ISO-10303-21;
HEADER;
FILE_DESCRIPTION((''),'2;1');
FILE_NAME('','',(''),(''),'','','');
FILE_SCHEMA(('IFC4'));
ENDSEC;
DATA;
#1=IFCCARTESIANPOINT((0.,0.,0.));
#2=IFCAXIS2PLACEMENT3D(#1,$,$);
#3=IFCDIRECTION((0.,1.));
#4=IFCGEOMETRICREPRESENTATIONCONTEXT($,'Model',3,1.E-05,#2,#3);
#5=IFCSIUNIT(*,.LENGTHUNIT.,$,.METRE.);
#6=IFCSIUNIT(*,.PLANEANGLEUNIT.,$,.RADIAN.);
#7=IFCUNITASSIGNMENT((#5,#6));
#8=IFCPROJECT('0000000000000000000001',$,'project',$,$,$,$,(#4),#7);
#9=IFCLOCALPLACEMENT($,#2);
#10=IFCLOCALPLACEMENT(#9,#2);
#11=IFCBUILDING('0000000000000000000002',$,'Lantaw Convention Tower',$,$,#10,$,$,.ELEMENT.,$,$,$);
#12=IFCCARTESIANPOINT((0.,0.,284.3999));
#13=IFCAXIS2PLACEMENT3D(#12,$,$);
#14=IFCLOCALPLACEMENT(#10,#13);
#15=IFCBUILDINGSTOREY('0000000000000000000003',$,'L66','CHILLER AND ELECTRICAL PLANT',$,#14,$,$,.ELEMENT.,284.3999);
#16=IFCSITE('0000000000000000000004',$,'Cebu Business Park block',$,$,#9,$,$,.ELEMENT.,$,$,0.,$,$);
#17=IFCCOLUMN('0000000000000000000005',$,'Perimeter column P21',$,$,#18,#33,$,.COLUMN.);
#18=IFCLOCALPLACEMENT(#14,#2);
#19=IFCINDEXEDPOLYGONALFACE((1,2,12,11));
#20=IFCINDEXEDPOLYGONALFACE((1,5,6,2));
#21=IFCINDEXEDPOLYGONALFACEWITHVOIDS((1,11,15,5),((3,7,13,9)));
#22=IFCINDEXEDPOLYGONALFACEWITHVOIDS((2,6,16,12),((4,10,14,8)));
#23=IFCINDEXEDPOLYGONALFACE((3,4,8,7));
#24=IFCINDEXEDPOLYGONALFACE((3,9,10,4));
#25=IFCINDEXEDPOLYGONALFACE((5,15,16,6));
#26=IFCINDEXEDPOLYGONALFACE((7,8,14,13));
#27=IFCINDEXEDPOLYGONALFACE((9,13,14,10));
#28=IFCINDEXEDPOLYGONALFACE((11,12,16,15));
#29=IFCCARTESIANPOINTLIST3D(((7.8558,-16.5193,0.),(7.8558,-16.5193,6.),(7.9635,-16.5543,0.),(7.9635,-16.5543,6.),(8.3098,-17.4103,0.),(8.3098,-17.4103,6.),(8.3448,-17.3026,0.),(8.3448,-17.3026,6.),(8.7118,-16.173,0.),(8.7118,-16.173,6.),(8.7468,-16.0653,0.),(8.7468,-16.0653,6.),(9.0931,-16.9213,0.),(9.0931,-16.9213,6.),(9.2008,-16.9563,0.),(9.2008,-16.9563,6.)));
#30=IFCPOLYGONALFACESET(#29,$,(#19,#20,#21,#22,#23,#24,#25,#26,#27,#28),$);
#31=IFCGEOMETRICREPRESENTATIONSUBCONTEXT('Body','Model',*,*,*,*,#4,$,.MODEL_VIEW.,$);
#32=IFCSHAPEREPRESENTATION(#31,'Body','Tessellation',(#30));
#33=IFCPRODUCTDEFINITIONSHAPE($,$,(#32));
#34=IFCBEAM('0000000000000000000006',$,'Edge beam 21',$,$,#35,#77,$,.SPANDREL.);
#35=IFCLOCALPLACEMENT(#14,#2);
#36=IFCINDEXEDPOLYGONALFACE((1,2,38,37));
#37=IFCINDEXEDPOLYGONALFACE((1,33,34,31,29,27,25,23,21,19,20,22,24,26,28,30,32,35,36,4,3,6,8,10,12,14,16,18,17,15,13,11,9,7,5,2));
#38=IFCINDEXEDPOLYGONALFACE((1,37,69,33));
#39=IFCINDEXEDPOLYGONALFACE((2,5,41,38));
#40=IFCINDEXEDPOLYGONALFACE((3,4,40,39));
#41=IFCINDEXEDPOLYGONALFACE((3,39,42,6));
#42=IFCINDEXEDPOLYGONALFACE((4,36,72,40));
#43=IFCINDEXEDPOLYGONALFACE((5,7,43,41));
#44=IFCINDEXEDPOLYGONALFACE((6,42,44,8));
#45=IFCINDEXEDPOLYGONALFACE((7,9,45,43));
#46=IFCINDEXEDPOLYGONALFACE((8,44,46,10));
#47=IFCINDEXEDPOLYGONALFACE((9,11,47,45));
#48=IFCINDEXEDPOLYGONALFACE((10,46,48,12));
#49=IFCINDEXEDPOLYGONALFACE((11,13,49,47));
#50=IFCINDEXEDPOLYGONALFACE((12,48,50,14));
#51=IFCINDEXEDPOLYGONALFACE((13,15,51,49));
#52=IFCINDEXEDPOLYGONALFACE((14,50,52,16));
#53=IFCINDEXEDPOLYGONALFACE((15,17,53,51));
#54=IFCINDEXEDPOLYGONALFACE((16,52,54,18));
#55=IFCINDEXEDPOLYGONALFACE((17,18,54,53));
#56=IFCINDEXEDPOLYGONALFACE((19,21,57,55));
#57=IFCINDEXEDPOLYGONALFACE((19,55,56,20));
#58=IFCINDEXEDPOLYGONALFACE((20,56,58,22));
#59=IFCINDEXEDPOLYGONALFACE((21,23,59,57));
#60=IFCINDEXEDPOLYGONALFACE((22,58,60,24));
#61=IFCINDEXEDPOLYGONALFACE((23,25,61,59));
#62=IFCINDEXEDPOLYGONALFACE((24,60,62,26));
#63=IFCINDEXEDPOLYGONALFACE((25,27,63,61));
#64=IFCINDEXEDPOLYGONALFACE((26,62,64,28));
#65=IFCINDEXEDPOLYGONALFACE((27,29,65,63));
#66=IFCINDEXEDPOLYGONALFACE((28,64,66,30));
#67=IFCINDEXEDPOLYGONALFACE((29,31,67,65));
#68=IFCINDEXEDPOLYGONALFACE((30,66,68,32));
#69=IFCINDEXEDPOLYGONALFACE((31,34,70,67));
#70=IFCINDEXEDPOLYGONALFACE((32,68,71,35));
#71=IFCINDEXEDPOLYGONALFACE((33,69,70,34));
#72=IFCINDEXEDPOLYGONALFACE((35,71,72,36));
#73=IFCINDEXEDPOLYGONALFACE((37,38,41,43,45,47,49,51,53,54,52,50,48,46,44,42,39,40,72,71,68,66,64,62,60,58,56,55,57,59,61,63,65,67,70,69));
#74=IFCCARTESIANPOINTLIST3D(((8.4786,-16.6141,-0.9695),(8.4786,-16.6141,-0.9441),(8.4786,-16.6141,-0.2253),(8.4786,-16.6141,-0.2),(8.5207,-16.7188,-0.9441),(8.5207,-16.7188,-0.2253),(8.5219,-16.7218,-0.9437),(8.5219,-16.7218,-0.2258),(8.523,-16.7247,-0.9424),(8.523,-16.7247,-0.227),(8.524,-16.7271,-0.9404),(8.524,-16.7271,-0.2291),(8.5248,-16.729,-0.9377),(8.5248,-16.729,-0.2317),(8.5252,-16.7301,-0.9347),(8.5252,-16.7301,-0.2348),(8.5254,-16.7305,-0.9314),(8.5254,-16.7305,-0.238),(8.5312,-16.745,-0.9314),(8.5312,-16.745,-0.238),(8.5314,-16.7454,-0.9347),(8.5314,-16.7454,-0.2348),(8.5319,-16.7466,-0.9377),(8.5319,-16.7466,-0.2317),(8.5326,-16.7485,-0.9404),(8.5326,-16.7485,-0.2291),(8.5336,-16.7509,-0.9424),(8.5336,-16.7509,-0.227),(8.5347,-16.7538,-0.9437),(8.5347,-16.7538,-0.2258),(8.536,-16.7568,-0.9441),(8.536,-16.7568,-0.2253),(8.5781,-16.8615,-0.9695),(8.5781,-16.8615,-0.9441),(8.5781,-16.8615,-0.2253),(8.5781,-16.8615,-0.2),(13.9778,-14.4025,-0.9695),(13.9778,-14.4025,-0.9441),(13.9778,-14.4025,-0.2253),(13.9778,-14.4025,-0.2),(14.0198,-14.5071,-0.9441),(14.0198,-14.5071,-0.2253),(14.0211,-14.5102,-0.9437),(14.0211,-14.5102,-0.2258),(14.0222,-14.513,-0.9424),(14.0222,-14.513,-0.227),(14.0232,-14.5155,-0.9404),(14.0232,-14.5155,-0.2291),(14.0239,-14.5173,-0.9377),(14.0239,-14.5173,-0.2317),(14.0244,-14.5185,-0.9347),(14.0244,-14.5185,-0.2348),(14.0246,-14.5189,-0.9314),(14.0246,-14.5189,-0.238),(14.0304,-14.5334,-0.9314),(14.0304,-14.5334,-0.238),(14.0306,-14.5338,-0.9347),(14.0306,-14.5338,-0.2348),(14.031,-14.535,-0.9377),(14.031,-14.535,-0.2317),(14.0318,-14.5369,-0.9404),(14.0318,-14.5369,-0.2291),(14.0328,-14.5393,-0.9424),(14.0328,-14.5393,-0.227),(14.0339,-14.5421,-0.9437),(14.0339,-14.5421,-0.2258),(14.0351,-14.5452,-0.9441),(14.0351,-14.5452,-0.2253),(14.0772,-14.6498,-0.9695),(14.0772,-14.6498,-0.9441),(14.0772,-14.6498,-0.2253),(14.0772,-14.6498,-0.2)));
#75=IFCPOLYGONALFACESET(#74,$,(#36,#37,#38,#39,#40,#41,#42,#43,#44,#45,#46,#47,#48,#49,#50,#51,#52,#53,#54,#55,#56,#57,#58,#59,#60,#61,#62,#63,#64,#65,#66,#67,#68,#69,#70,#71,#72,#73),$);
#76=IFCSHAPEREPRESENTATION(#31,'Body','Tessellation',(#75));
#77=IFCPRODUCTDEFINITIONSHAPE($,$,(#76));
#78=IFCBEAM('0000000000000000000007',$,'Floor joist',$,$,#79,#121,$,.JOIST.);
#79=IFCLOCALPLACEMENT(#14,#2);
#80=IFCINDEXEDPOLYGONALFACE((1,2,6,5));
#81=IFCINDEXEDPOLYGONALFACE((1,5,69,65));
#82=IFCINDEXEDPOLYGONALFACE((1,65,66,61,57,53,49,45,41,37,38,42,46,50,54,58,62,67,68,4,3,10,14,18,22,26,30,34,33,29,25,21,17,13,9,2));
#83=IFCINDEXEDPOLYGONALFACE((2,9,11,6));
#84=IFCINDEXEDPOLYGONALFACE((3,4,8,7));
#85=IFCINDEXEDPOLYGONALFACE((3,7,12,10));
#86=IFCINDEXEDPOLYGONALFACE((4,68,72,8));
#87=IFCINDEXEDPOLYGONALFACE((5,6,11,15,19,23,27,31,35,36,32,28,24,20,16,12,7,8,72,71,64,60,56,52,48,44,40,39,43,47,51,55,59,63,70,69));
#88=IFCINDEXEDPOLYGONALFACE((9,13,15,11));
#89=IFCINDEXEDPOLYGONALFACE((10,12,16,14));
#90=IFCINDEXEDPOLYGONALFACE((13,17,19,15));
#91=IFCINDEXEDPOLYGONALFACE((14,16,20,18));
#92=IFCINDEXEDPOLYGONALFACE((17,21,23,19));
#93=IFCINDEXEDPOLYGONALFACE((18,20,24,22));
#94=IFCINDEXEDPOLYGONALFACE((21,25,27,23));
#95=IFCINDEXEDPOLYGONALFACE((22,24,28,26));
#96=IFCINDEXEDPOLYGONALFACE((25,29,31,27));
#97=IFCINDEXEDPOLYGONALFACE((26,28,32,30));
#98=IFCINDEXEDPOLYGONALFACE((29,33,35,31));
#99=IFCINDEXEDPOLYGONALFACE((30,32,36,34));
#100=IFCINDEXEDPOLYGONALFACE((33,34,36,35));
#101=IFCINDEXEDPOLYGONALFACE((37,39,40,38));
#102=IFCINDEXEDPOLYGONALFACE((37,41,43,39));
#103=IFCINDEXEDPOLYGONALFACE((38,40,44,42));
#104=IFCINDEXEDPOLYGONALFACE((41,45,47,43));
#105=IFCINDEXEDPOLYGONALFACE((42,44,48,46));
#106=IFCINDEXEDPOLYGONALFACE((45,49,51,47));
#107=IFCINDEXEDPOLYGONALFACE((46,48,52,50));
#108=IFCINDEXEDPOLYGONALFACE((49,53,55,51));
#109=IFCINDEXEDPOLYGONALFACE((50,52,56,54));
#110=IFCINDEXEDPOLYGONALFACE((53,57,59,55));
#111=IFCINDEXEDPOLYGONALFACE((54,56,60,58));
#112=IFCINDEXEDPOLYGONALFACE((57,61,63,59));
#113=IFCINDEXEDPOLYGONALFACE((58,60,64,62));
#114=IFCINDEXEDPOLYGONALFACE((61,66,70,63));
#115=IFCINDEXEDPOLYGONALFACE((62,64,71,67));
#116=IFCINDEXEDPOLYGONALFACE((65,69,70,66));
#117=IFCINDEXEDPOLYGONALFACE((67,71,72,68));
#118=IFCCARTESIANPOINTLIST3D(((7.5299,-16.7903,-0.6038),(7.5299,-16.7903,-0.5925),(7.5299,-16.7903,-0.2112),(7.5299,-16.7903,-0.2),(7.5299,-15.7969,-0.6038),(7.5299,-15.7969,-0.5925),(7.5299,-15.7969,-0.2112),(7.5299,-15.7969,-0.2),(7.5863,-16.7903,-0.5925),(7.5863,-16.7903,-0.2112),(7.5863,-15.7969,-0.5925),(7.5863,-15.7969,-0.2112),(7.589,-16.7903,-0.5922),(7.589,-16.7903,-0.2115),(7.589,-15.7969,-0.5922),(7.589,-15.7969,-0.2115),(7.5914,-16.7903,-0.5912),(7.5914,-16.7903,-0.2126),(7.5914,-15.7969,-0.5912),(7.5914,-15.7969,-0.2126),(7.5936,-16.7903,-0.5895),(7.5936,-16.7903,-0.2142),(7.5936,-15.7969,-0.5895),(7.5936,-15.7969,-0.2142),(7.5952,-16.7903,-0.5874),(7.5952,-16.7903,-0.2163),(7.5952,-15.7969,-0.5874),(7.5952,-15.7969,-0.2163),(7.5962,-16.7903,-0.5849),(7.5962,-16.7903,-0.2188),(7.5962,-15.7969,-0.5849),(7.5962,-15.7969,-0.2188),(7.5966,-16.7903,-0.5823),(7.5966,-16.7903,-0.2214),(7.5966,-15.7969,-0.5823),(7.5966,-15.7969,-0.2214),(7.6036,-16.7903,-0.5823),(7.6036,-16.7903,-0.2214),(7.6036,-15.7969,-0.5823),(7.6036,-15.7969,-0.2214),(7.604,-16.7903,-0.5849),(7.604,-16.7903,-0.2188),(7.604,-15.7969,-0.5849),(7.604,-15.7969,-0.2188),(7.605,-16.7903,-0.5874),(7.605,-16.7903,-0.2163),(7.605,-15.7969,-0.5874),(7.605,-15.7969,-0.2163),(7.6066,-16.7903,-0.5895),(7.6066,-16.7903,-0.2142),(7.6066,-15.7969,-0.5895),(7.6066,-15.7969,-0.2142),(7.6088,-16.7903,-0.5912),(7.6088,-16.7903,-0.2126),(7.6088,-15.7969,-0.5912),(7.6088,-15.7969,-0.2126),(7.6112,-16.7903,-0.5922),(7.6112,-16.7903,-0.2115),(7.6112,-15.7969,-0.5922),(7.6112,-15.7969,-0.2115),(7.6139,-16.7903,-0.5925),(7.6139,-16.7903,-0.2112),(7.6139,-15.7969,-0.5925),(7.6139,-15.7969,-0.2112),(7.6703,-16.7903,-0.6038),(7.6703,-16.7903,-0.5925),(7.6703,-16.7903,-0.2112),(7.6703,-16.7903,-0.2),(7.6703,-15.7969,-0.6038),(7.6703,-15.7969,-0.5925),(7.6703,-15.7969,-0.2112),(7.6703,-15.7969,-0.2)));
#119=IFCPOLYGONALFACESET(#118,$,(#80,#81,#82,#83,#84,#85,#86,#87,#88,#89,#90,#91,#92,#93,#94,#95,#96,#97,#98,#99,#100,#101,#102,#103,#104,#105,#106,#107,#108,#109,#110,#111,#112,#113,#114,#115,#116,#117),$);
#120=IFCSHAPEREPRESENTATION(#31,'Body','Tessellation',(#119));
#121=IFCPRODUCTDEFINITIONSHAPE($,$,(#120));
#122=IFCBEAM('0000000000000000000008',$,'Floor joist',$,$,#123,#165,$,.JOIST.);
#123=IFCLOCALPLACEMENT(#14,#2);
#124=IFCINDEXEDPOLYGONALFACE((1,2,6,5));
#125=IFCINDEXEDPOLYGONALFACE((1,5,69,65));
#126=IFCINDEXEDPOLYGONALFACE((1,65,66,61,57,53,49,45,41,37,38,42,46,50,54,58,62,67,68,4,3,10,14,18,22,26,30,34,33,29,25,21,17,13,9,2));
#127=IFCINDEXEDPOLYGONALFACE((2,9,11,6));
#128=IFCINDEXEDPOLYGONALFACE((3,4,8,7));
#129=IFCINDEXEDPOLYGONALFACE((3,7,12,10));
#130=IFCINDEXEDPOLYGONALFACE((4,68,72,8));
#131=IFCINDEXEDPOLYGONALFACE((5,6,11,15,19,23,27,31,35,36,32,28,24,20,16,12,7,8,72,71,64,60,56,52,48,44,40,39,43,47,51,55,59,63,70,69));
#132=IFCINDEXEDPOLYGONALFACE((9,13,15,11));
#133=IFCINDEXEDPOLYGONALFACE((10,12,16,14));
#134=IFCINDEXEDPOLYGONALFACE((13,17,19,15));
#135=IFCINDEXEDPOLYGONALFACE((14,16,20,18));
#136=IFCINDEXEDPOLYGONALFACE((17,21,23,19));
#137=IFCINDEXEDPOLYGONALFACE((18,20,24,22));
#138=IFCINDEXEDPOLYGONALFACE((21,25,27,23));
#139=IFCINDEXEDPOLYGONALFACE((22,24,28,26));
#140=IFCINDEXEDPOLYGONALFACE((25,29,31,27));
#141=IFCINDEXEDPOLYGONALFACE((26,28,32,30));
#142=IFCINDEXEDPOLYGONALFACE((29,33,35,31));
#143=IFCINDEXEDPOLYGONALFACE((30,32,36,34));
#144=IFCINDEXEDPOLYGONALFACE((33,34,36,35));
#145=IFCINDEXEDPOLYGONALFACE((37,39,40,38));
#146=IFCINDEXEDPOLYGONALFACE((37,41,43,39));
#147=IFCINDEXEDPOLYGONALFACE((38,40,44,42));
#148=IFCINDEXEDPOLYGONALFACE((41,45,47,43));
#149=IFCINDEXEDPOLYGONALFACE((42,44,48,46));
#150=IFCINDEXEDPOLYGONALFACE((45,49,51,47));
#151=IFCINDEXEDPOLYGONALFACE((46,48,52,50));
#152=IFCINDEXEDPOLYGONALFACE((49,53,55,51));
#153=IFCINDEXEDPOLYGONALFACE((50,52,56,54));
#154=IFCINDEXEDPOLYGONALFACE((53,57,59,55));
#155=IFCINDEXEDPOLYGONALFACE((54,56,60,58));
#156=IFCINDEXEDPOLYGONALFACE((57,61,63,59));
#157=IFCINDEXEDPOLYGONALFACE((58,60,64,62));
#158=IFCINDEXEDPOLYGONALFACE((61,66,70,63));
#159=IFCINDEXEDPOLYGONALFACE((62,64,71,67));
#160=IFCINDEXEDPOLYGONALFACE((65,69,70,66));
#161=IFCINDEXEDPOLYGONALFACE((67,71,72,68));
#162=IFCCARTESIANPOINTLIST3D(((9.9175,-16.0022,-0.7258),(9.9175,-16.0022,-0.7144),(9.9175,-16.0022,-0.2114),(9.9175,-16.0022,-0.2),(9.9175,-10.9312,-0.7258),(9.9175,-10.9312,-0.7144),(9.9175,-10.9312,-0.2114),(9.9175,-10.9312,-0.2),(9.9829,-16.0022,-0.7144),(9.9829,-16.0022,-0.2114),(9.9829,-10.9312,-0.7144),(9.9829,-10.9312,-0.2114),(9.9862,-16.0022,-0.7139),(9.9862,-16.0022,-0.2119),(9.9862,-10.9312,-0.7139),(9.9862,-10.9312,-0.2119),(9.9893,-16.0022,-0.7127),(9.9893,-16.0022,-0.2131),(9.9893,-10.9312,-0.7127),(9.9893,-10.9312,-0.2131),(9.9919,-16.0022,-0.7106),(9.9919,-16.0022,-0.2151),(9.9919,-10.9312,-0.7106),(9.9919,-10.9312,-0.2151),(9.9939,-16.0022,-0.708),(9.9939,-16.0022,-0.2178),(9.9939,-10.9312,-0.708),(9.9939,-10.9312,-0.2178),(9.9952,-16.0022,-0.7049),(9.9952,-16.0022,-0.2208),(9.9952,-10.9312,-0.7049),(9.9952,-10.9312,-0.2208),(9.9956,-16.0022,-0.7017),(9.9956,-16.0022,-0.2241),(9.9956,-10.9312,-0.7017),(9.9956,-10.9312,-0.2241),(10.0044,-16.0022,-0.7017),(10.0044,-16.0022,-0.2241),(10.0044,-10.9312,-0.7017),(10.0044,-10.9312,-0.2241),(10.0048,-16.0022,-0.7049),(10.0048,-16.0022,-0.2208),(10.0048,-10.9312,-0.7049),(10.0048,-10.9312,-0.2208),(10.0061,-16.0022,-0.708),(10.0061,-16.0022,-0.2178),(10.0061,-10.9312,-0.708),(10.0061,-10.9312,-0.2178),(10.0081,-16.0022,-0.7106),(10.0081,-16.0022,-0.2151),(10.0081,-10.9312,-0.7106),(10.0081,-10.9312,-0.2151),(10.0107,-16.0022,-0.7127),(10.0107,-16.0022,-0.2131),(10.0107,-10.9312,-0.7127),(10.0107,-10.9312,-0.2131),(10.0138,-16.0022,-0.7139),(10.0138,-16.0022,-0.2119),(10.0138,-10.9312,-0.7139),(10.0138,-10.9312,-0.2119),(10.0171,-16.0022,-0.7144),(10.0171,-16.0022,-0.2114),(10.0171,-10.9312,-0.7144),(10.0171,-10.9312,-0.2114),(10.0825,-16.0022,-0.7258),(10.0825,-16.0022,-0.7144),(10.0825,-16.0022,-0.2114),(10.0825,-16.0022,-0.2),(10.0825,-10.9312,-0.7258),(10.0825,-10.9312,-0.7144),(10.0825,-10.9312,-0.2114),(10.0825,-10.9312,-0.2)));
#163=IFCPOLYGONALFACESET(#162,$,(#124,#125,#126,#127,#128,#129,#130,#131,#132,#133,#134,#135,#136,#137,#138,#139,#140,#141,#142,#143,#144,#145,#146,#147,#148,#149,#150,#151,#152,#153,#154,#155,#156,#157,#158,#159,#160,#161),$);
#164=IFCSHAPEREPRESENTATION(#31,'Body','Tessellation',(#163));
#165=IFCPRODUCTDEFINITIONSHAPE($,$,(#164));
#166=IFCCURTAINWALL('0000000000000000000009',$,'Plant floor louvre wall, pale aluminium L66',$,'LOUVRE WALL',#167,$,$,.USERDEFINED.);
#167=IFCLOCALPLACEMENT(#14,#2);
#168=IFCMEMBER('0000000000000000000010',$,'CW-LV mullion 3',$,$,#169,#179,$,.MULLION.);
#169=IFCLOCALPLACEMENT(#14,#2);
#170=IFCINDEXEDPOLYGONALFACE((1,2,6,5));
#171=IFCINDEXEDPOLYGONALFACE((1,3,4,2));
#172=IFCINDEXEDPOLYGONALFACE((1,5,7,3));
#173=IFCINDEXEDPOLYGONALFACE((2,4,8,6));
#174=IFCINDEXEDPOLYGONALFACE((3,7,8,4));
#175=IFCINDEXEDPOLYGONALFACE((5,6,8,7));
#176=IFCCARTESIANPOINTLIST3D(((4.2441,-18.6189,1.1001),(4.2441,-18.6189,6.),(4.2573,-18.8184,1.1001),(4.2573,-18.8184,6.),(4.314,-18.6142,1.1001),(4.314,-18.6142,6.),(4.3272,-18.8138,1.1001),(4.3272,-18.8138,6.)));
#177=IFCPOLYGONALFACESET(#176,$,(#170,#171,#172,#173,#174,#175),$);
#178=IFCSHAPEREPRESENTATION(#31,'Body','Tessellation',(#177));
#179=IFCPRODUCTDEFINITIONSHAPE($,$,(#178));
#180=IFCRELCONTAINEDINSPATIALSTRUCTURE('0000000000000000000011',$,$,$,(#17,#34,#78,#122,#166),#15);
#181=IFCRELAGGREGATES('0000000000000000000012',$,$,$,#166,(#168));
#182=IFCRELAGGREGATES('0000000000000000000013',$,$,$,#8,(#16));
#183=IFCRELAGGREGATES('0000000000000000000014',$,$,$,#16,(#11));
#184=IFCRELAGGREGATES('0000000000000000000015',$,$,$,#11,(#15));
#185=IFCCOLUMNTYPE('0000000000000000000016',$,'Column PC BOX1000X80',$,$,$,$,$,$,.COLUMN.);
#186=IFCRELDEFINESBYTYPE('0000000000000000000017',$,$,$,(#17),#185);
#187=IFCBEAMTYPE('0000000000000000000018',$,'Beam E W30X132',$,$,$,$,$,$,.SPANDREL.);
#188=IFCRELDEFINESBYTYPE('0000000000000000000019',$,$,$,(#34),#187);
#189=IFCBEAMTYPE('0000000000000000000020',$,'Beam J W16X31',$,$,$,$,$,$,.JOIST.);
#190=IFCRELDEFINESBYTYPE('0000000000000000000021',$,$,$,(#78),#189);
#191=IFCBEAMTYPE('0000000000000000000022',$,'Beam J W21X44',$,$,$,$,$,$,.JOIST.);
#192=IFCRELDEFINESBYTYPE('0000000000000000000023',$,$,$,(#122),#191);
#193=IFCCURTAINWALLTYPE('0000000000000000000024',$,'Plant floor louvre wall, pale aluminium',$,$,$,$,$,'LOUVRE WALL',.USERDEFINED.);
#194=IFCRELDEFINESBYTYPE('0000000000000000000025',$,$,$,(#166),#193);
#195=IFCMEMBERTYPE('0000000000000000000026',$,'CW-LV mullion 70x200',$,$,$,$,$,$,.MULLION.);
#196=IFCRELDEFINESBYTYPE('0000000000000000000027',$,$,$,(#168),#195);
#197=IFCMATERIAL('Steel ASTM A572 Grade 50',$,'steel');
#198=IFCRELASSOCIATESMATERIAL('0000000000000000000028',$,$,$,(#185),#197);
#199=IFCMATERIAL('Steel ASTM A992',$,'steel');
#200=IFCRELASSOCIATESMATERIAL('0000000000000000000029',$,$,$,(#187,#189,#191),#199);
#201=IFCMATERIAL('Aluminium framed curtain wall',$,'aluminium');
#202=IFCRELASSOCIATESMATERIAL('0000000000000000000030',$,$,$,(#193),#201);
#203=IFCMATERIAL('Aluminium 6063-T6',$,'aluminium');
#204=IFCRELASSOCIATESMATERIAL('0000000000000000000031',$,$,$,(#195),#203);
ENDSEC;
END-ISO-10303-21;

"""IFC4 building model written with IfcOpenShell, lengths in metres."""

from ifc_helpers import new_model, si_unit, direction, frame, origin, origin_2d, place, context, subcontext, project, spatial, rectangle, hollow_rectangle, i_section, extrude, material, material_profile, profile_set, type_object, element, aggregate, save


model = new_model("IFC4")

# Units and contexts
model_context = context("Model", 3, precision=1e-05, world=origin(), true_north=direction((0.0, 1.0)))
body_context = subcontext(model_context, "Body", "Model", "MODEL_VIEW")
ifc_project = project(units=[si_unit("LENGTHUNIT", "METRE"), si_unit("PLANEANGLEUNIT", "RADIAN")], contexts=[model_context])

# Site, building, storey
site_placement = place(None, origin())
site = spatial("IfcSite", under=ifc_project, at=site_placement, Name="Cebu Business Park block", CompositionType="ELEMENT", RefElevation=0.0)
building_placement = place(site_placement, origin())
building = spatial("IfcBuilding", under=site, at=building_placement, Name="Lantaw Convention Tower", CompositionType="ELEMENT")
storey_placement = place(building_placement, frame((0.0, 0.0, 284.3999)))
storey = spatial("IfcBuildingStorey", under=building, at=storey_placement, Name="L66", Description="CHILLER AND ELECTRICAL PLANT", CompositionType="ELEMENT", Elevation=284.3999)

# Column
ifc_material_1 = material(Name="Steel ASTM A572 Grade 50", Category="steel")
ifc_material_profile_1 = material_profile(ifc_material_1, hollow_rectangle(XDim=1.0, YDim=1.0, WallThickness=0.0801, at=origin_2d()), Name="BOX1000X80")
ifc_material_2 = material(Name="Concrete C60/75", Category="concrete")
ifc_material_profile_2 = material_profile(ifc_material_2, rectangle(XDim=0.8401, YDim=0.8401, at=origin_2d()), Name="Concrete fill of BOX1000X80")
ifc_profile_set_1 = profile_set([ifc_material_profile_1, ifc_material_profile_2], Name="Steel ASTM A572 Grade 50")
column_type = type_object("IfcColumnType", Name="Column PC BOX1000X80", PredefinedType="COLUMN", material=ifc_profile_set_1)
column_placement = place(storey_placement, frame((8.5283, -16.7378, 0.0), z_axis=(0.0, 0.0, 1.0), x_axis=(0.891007, 0.45399, 0.0)))
element("IfcColumn", 1, at=column_placement, inside=storey, type_object=column_type, Name="Perimeter column P21", PredefinedType="COLUMN", context=body_context, shape_type="SweptSolid", body=[
    extrude(hollow_rectangle(XDim=1.0, YDim=1.0, WallThickness=0.0801, at=origin_2d()), origin(), (0.0, 0.0, 1.0), 6.0),
])

# Beams
ifc_material_3 = material(Name="Steel ASTM A992", Category="steel")
ifc_material_profile_3 = material_profile(ifc_material_3, i_section(OverallWidth=0.2666, OverallDepth=0.7695, WebThickness=0.0156, FlangeThickness=0.0254, FilletRadius=0.0127, at=origin_2d()), Name="W30X132")
ifc_profile_set_2 = profile_set([ifc_material_profile_3], Name="Steel ASTM A992")
beam_type_1 = type_object("IfcBeamType", Name="Beam E W30X132", PredefinedType="SPANDREL", material=ifc_profile_set_2)
beam_1_placement = place(storey_placement, frame((8.5283, -16.7378, -0.5847), z_axis=(0.927779, 0.37313, 0.0), x_axis=(-0.37313, 0.927779, 0.0)))
element("IfcBeam", 2, at=beam_1_placement, inside=storey, type_object=beam_type_1, Name="Edge beam 21", PredefinedType="SPANDREL", context=body_context, shape_type="SweptSolid", body=[
    extrude(i_section(OverallWidth=0.2666, OverallDepth=0.7695, WebThickness=0.0156, FlangeThickness=0.0254, FilletRadius=0.0127, at=origin_2d()), origin(), (0.0, 0.0, 1.0), 5.9272),
])
ifc_material_profile_4 = material_profile(ifc_material_3, i_section(OverallWidth=0.1404, OverallDepth=0.4038, WebThickness=0.0071, FlangeThickness=0.0112, FilletRadius=0.0103, at=origin_2d()), Name="W16X31")
ifc_profile_set_3 = profile_set([ifc_material_profile_4], Name="Steel ASTM A992")
beam_type_2 = type_object("IfcBeamType", Name="Beam J W16X31", PredefinedType="JOIST", material=ifc_profile_set_3)
beam_2_placement = place(storey_placement, frame((7.6001, -16.7903, -0.4019), z_axis=(0.0, 1.0, 0.0), x_axis=(-1.0, 0.0, 0.0)))
element("IfcBeam", 3, at=beam_2_placement, inside=storey, type_object=beam_type_2, Name="Floor joist", PredefinedType="JOIST", context=body_context, shape_type="SweptSolid", body=[
    extrude(i_section(OverallWidth=0.1404, OverallDepth=0.4038, WebThickness=0.0071, FlangeThickness=0.0112, FilletRadius=0.0103, at=origin_2d()), origin(), (0.0, 0.0, 1.0), 0.9934),
])
ifc_material_profile_5 = material_profile(ifc_material_3, i_section(OverallWidth=0.165, OverallDepth=0.5259, WebThickness=0.0088, FlangeThickness=0.0115, FilletRadius=0.0127, at=origin_2d()), Name="W21X44")
ifc_profile_set_4 = profile_set([ifc_material_profile_5], Name="Steel ASTM A992")
beam_type_3 = type_object("IfcBeamType", Name="Beam J W21X44", PredefinedType="JOIST", material=ifc_profile_set_4)
beam_3_placement = place(storey_placement, frame((10.0, -16.0022, -0.4629), z_axis=(0.0, 1.0, 0.0), x_axis=(-1.0, 0.0, 0.0)))
element("IfcBeam", 4, at=beam_3_placement, inside=storey, type_object=beam_type_3, Name="Floor joist", PredefinedType="JOIST", context=body_context, shape_type="SweptSolid", body=[
    extrude(i_section(OverallWidth=0.165, OverallDepth=0.5259, WebThickness=0.0088, FlangeThickness=0.0115, FilletRadius=0.0127, at=origin_2d()), origin(), (0.0, 0.0, 1.0), 5.071),
])

# Curtain wall, member
ifc_material_4 = material(Name="Aluminium framed curtain wall", Category="aluminium")
curtain_wall_type = type_object("IfcCurtainWallType", Name="Plant floor louvre wall, pale aluminium", ElementType="LOUVRE WALL", PredefinedType="USERDEFINED", material=ifc_material_4)
curtain_wall_1_placement = place(storey_placement, origin())
curtain_wall_1 = element("IfcCurtainWall", 5, at=curtain_wall_1_placement, inside=storey, type_object=curtain_wall_type, Name="Plant floor louvre wall, pale aluminium L66", ObjectType="LOUVRE WALL", PredefinedType="USERDEFINED")
ifc_material_5 = material(Name="Aluminium 6063-T6", Category="aluminium")
ifc_material_profile_6 = material_profile(ifc_material_5, rectangle(XDim=0.2, YDim=0.0701, at=origin_2d()), Name="CW-LV mullion 70x200")
ifc_profile_set_5 = profile_set([ifc_material_profile_6], Name="Aluminium 6063-T6")
member_type_1 = type_object("IfcMemberType", Name="CW-LV mullion 70x200", PredefinedType="MULLION", material=ifc_profile_set_5)
member_1_placement = place(storey_placement, frame((4.2856, -18.7163, 1.1001), z_axis=(0.0, 0.0, 1.0), x_axis=(-0.066025, 0.997818, 0.0)))
member_1 = element("IfcMember", 6, at=member_1_placement, type_object=member_type_1, Name="CW-LV mullion 3", PredefinedType="MULLION", context=body_context, shape_type="SweptSolid", body=[
    extrude(rectangle(XDim=0.2, YDim=0.0701, at=origin_2d()), origin(), (0.0, 0.0, 1.0), 4.8999),
])
aggregate(curtain_wall_1, [member_1])

save(model, "model.ifc")
